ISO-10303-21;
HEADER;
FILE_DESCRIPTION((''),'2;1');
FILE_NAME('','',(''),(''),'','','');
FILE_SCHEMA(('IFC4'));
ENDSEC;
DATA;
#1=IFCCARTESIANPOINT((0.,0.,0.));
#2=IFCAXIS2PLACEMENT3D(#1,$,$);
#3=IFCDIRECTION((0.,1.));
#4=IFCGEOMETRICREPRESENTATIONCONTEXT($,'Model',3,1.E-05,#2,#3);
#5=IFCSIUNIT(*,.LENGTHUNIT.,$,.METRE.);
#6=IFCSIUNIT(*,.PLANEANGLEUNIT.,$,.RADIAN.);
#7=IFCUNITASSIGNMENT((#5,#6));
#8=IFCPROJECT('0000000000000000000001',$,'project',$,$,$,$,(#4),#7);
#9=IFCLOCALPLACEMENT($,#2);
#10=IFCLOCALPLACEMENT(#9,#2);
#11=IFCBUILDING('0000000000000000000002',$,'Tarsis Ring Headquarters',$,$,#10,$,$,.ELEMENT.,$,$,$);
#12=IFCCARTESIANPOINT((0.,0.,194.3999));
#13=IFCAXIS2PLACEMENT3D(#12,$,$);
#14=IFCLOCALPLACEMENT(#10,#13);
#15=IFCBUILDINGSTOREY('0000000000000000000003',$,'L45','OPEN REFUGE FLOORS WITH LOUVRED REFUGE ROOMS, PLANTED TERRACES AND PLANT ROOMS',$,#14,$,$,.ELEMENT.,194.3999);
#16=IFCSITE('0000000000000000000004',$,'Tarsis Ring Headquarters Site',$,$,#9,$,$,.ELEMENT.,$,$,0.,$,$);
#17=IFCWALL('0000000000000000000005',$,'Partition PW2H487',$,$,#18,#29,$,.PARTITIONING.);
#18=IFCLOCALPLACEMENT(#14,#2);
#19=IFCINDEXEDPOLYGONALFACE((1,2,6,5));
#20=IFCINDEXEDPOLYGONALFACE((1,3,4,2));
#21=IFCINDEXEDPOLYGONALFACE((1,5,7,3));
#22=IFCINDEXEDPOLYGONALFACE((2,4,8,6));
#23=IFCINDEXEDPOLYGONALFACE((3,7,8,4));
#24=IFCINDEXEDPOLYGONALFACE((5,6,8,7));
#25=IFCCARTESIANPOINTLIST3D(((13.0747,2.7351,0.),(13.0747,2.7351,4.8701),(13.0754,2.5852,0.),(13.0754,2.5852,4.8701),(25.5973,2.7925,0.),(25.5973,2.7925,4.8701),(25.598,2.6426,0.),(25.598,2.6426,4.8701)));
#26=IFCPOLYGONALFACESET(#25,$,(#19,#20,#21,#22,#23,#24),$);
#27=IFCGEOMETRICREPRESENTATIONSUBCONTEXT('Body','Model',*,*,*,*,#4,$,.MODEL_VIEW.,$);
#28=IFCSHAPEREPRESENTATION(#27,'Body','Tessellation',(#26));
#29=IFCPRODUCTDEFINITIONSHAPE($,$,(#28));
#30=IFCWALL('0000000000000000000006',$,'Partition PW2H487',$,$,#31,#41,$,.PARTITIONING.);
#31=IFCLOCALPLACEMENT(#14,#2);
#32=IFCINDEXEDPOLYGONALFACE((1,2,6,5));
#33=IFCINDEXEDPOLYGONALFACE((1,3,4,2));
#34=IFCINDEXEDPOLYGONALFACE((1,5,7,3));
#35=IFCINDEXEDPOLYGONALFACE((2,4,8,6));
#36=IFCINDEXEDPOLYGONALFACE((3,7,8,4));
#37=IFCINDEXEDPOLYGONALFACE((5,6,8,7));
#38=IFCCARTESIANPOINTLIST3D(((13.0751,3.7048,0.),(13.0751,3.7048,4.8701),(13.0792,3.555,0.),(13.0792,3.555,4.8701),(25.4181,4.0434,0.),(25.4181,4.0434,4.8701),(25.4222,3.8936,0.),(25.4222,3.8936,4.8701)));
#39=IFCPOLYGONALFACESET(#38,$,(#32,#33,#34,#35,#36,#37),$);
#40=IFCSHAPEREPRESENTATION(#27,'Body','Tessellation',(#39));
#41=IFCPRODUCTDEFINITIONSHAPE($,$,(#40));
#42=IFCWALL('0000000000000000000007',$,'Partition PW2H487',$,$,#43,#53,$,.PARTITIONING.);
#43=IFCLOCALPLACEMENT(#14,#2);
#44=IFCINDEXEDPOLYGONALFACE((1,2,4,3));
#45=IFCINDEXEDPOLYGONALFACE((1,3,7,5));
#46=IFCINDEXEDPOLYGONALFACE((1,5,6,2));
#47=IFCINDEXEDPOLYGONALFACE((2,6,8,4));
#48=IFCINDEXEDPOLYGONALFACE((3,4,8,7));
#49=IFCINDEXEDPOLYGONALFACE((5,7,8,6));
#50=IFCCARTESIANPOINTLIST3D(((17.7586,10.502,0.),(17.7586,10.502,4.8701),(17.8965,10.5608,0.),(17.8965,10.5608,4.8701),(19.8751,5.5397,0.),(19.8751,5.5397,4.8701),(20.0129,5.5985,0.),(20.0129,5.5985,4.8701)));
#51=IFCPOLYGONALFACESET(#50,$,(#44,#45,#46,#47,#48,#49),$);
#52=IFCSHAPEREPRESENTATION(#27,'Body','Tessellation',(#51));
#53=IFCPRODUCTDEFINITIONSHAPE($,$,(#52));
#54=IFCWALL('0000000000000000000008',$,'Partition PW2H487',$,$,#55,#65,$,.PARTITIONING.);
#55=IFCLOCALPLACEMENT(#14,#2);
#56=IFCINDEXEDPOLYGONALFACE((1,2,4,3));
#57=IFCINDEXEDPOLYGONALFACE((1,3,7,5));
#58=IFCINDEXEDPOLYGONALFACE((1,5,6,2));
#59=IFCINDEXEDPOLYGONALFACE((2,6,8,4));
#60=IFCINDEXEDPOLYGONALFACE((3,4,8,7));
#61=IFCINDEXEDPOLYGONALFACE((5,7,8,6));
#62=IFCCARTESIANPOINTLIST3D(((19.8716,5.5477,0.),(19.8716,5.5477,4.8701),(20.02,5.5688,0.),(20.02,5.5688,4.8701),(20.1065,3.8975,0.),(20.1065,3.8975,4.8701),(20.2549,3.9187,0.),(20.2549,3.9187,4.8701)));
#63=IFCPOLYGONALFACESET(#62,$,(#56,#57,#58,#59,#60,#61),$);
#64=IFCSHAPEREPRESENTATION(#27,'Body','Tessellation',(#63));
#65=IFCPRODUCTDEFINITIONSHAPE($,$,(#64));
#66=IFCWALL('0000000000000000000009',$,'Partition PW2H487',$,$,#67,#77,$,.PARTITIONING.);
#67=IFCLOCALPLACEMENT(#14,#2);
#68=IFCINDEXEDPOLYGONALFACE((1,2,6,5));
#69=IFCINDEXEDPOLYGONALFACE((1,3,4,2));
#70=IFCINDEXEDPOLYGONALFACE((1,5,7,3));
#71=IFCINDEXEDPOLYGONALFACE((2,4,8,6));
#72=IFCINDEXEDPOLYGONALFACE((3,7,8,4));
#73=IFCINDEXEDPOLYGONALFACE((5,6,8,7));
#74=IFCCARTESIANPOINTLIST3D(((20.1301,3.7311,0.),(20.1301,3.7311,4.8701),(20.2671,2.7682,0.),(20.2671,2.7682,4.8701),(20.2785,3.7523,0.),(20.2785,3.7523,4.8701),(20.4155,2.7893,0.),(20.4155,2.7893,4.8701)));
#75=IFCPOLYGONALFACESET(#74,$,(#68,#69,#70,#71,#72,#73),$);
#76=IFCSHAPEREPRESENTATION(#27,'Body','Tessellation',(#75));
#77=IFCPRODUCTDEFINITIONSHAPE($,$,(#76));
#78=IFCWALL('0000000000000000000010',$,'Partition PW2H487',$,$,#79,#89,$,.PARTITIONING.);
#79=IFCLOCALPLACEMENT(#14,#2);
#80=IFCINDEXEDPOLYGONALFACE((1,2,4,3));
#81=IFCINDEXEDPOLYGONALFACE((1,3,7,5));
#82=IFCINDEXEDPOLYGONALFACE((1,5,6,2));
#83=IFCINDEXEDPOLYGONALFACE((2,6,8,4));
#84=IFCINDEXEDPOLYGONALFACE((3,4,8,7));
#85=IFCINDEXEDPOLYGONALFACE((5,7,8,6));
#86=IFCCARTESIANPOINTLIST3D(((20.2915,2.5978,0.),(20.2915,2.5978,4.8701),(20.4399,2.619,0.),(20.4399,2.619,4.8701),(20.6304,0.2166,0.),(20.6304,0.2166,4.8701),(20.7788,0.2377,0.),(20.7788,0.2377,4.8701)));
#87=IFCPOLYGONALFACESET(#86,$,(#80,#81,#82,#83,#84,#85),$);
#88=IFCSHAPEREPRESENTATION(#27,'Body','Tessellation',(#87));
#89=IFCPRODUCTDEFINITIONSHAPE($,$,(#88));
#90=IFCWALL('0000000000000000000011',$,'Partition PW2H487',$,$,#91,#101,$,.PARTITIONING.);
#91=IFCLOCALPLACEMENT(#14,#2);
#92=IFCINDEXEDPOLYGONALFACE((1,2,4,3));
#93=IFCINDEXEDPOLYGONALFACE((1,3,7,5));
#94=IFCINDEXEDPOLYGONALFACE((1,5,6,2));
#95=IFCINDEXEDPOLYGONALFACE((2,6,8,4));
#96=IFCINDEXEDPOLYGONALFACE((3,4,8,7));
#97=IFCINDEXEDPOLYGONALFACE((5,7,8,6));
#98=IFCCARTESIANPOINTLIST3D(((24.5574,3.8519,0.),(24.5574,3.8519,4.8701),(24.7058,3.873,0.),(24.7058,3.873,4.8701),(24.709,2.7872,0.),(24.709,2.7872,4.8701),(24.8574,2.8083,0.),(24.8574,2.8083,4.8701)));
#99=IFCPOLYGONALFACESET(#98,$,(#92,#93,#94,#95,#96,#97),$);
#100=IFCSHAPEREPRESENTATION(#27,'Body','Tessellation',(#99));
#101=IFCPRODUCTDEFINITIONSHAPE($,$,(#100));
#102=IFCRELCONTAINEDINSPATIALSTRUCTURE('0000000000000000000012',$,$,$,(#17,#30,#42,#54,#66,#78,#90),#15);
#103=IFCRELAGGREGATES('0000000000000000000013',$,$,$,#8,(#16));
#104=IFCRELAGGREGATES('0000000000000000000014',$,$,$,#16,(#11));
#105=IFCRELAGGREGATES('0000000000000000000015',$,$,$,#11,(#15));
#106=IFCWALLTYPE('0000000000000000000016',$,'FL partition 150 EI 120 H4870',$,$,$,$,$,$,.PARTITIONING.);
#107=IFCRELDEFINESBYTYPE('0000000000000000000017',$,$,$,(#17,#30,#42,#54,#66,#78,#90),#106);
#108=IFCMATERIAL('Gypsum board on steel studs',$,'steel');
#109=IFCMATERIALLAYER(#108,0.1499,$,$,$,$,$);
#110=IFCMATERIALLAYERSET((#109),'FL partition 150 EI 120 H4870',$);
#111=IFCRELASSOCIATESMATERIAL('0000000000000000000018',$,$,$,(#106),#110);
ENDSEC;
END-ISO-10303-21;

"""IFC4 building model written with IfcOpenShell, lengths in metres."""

from ifc_helpers import new_model, si_unit, direction, frame, frame_2d, origin, place, context, subcontext, project, spatial, rectangle, extrude, material, layer, layer_set, type_object, element, save


model = new_model("IFC4")

# Units and contexts
model_context = context("Model", 3, precision=1e-05, world=origin(), true_north=direction((0.0, 1.0)))
body_context = subcontext(model_context, "Body", "Model", "MODEL_VIEW")
ifc_project = project(units=[si_unit("LENGTHUNIT", "METRE"), si_unit("PLANEANGLEUNIT", "RADIAN")], contexts=[model_context])

# Site, building, storey
site_placement = place(None, origin())
site = spatial("IfcSite", under=ifc_project, at=site_placement, Name="Tarsis Ring Headquarters Site", CompositionType="ELEMENT", RefElevation=0.0)
building_placement = place(site_placement, origin())
building = spatial("IfcBuilding", under=site, at=building_placement, Name="Tarsis Ring Headquarters", CompositionType="ELEMENT")
storey_placement = place(building_placement, frame((0.0, 0.0, 194.3999)))
storey = spatial("IfcBuildingStorey", under=building, at=storey_placement, Name="L45", Description="OPEN REFUGE FLOORS WITH LOUVRED REFUGE ROOMS, PLANTED TERRACES AND PLANT ROOMS", CompositionType="ELEMENT", Elevation=194.3999)

# Walls
ifc_material_1 = material(Name="Gypsum board on steel studs", Category="steel")
ifc_layer = layer(ifc_material_1, 0.1499)
ifc_layer_set = layer_set([ifc_layer], Name="FL partition 150 EI 120 H4870")
wall_type = type_object("IfcWallType", Name="FL partition 150 EI 120 H4870", PredefinedType="PARTITIONING", material=ifc_layer_set)
wall_1_placement = place(storey_placement, frame((13.0752, 2.6602, 0.0), z_axis=(0.0, 0.0, 1.0), x_axis=(0.99999, 0.004582, 0.0)))
element("IfcWall", 1, at=wall_1_placement, inside=storey, type_object=wall_type, Name="Partition PW2H487", PredefinedType="PARTITIONING", context=body_context, shape_type="SweptSolid", body=[
    extrude(rectangle(XDim=12.5227, YDim=0.1499, at=frame_2d((6.2612, 0.0))), origin(), (0.0, 0.0, 1.0), 4.8701),
])
wall_2_placement = place(storey_placement, frame((13.0771, 3.6299, 0.0), z_axis=(0.0, 0.0, 1.0), x_axis=(0.999624, 0.027424, 0.0)))
element("IfcWall", 2, at=wall_2_placement, inside=storey, type_object=wall_type, Name="Partition PW2H487", PredefinedType="PARTITIONING", context=body_context, shape_type="SweptSolid", body=[
    extrude(rectangle(XDim=12.3477, YDim=0.1499, at=frame_2d((6.1738, 0.0))), origin(), (0.0, 0.0, 1.0), 4.8701),
])
wall_3_placement = place(storey_placement, frame((17.8276, 10.5312, 0.0), z_axis=(0.0, 0.0, 1.0), x_axis=(0.392307, -0.919834, 0.0)))
element("IfcWall", 3, at=wall_3_placement, inside=storey, type_object=wall_type, Name="Partition PW2H487", PredefinedType="PARTITIONING", context=body_context, shape_type="SweptSolid", body=[
    extrude(rectangle(XDim=5.3948, YDim=0.1499, at=frame_2d((2.6973, 0.0))), origin(), (0.0, 0.0, 1.0), 4.8701),
])
wall_4_placement = place(storey_placement, frame((19.9458, 5.5583, 0.0), z_axis=(0.0, 0.0, 1.0), x_axis=(0.140909, -0.990023, 0.0)))
element("IfcWall", 4, at=wall_4_placement, inside=storey, type_object=wall_type, Name="Partition PW2H487", PredefinedType="PARTITIONING", context=body_context, shape_type="SweptSolid", body=[
    extrude(rectangle(XDim=1.6667, YDim=0.1499, at=frame_2d((0.8335, 0.0))), origin(), (0.0, 0.0, 1.0), 4.8701),
])
wall_5_placement = place(storey_placement, frame((20.2043, 3.7417, 0.0), z_axis=(0.0, 0.0, 1.0), x_axis=(0.140824, -0.990035, 0.0)))
element("IfcWall", 5, at=wall_5_placement, inside=storey, type_object=wall_type, Name="Partition PW2H487", PredefinedType="PARTITIONING", context=body_context, shape_type="SweptSolid", body=[
    extrude(rectangle(XDim=0.9727, YDim=0.1499, at=frame_2d((0.4863, 0.0))), origin(), (0.0, 0.0, 1.0), 4.8701),
])
wall_6_placement = place(storey_placement, frame((20.3657, 2.6084, 0.0), z_axis=(0.0, 0.0, 1.0), x_axis=(0.140881, -0.990026, 0.0)))
element("IfcWall", 6, at=wall_6_placement, inside=storey, type_object=wall_type, Name="Partition PW2H487", PredefinedType="PARTITIONING", context=body_context, shape_type="SweptSolid", body=[
    extrude(rectangle(XDim=2.4053, YDim=0.1499, at=frame_2d((1.2026, 0.0))), origin(), (0.0, 0.0, 1.0), 4.8701),
])
wall_7_placement = place(storey_placement, frame((24.6316, 3.8623, 0.0), z_axis=(0.0, 0.0, 1.0), x_axis=(0.140976, -0.990013, 0.0)))
element("IfcWall", 7, at=wall_7_placement, inside=storey, type_object=wall_type, Name="Partition PW2H487", PredefinedType="PARTITIONING", context=body_context, shape_type="SweptSolid", body=[
    extrude(rectangle(XDim=1.0754, YDim=0.1499, at=frame_2d((0.5376, 0.0))), origin(), (0.0, 0.0, 1.0), 4.8701),
])

save(model, "model.ifc")
